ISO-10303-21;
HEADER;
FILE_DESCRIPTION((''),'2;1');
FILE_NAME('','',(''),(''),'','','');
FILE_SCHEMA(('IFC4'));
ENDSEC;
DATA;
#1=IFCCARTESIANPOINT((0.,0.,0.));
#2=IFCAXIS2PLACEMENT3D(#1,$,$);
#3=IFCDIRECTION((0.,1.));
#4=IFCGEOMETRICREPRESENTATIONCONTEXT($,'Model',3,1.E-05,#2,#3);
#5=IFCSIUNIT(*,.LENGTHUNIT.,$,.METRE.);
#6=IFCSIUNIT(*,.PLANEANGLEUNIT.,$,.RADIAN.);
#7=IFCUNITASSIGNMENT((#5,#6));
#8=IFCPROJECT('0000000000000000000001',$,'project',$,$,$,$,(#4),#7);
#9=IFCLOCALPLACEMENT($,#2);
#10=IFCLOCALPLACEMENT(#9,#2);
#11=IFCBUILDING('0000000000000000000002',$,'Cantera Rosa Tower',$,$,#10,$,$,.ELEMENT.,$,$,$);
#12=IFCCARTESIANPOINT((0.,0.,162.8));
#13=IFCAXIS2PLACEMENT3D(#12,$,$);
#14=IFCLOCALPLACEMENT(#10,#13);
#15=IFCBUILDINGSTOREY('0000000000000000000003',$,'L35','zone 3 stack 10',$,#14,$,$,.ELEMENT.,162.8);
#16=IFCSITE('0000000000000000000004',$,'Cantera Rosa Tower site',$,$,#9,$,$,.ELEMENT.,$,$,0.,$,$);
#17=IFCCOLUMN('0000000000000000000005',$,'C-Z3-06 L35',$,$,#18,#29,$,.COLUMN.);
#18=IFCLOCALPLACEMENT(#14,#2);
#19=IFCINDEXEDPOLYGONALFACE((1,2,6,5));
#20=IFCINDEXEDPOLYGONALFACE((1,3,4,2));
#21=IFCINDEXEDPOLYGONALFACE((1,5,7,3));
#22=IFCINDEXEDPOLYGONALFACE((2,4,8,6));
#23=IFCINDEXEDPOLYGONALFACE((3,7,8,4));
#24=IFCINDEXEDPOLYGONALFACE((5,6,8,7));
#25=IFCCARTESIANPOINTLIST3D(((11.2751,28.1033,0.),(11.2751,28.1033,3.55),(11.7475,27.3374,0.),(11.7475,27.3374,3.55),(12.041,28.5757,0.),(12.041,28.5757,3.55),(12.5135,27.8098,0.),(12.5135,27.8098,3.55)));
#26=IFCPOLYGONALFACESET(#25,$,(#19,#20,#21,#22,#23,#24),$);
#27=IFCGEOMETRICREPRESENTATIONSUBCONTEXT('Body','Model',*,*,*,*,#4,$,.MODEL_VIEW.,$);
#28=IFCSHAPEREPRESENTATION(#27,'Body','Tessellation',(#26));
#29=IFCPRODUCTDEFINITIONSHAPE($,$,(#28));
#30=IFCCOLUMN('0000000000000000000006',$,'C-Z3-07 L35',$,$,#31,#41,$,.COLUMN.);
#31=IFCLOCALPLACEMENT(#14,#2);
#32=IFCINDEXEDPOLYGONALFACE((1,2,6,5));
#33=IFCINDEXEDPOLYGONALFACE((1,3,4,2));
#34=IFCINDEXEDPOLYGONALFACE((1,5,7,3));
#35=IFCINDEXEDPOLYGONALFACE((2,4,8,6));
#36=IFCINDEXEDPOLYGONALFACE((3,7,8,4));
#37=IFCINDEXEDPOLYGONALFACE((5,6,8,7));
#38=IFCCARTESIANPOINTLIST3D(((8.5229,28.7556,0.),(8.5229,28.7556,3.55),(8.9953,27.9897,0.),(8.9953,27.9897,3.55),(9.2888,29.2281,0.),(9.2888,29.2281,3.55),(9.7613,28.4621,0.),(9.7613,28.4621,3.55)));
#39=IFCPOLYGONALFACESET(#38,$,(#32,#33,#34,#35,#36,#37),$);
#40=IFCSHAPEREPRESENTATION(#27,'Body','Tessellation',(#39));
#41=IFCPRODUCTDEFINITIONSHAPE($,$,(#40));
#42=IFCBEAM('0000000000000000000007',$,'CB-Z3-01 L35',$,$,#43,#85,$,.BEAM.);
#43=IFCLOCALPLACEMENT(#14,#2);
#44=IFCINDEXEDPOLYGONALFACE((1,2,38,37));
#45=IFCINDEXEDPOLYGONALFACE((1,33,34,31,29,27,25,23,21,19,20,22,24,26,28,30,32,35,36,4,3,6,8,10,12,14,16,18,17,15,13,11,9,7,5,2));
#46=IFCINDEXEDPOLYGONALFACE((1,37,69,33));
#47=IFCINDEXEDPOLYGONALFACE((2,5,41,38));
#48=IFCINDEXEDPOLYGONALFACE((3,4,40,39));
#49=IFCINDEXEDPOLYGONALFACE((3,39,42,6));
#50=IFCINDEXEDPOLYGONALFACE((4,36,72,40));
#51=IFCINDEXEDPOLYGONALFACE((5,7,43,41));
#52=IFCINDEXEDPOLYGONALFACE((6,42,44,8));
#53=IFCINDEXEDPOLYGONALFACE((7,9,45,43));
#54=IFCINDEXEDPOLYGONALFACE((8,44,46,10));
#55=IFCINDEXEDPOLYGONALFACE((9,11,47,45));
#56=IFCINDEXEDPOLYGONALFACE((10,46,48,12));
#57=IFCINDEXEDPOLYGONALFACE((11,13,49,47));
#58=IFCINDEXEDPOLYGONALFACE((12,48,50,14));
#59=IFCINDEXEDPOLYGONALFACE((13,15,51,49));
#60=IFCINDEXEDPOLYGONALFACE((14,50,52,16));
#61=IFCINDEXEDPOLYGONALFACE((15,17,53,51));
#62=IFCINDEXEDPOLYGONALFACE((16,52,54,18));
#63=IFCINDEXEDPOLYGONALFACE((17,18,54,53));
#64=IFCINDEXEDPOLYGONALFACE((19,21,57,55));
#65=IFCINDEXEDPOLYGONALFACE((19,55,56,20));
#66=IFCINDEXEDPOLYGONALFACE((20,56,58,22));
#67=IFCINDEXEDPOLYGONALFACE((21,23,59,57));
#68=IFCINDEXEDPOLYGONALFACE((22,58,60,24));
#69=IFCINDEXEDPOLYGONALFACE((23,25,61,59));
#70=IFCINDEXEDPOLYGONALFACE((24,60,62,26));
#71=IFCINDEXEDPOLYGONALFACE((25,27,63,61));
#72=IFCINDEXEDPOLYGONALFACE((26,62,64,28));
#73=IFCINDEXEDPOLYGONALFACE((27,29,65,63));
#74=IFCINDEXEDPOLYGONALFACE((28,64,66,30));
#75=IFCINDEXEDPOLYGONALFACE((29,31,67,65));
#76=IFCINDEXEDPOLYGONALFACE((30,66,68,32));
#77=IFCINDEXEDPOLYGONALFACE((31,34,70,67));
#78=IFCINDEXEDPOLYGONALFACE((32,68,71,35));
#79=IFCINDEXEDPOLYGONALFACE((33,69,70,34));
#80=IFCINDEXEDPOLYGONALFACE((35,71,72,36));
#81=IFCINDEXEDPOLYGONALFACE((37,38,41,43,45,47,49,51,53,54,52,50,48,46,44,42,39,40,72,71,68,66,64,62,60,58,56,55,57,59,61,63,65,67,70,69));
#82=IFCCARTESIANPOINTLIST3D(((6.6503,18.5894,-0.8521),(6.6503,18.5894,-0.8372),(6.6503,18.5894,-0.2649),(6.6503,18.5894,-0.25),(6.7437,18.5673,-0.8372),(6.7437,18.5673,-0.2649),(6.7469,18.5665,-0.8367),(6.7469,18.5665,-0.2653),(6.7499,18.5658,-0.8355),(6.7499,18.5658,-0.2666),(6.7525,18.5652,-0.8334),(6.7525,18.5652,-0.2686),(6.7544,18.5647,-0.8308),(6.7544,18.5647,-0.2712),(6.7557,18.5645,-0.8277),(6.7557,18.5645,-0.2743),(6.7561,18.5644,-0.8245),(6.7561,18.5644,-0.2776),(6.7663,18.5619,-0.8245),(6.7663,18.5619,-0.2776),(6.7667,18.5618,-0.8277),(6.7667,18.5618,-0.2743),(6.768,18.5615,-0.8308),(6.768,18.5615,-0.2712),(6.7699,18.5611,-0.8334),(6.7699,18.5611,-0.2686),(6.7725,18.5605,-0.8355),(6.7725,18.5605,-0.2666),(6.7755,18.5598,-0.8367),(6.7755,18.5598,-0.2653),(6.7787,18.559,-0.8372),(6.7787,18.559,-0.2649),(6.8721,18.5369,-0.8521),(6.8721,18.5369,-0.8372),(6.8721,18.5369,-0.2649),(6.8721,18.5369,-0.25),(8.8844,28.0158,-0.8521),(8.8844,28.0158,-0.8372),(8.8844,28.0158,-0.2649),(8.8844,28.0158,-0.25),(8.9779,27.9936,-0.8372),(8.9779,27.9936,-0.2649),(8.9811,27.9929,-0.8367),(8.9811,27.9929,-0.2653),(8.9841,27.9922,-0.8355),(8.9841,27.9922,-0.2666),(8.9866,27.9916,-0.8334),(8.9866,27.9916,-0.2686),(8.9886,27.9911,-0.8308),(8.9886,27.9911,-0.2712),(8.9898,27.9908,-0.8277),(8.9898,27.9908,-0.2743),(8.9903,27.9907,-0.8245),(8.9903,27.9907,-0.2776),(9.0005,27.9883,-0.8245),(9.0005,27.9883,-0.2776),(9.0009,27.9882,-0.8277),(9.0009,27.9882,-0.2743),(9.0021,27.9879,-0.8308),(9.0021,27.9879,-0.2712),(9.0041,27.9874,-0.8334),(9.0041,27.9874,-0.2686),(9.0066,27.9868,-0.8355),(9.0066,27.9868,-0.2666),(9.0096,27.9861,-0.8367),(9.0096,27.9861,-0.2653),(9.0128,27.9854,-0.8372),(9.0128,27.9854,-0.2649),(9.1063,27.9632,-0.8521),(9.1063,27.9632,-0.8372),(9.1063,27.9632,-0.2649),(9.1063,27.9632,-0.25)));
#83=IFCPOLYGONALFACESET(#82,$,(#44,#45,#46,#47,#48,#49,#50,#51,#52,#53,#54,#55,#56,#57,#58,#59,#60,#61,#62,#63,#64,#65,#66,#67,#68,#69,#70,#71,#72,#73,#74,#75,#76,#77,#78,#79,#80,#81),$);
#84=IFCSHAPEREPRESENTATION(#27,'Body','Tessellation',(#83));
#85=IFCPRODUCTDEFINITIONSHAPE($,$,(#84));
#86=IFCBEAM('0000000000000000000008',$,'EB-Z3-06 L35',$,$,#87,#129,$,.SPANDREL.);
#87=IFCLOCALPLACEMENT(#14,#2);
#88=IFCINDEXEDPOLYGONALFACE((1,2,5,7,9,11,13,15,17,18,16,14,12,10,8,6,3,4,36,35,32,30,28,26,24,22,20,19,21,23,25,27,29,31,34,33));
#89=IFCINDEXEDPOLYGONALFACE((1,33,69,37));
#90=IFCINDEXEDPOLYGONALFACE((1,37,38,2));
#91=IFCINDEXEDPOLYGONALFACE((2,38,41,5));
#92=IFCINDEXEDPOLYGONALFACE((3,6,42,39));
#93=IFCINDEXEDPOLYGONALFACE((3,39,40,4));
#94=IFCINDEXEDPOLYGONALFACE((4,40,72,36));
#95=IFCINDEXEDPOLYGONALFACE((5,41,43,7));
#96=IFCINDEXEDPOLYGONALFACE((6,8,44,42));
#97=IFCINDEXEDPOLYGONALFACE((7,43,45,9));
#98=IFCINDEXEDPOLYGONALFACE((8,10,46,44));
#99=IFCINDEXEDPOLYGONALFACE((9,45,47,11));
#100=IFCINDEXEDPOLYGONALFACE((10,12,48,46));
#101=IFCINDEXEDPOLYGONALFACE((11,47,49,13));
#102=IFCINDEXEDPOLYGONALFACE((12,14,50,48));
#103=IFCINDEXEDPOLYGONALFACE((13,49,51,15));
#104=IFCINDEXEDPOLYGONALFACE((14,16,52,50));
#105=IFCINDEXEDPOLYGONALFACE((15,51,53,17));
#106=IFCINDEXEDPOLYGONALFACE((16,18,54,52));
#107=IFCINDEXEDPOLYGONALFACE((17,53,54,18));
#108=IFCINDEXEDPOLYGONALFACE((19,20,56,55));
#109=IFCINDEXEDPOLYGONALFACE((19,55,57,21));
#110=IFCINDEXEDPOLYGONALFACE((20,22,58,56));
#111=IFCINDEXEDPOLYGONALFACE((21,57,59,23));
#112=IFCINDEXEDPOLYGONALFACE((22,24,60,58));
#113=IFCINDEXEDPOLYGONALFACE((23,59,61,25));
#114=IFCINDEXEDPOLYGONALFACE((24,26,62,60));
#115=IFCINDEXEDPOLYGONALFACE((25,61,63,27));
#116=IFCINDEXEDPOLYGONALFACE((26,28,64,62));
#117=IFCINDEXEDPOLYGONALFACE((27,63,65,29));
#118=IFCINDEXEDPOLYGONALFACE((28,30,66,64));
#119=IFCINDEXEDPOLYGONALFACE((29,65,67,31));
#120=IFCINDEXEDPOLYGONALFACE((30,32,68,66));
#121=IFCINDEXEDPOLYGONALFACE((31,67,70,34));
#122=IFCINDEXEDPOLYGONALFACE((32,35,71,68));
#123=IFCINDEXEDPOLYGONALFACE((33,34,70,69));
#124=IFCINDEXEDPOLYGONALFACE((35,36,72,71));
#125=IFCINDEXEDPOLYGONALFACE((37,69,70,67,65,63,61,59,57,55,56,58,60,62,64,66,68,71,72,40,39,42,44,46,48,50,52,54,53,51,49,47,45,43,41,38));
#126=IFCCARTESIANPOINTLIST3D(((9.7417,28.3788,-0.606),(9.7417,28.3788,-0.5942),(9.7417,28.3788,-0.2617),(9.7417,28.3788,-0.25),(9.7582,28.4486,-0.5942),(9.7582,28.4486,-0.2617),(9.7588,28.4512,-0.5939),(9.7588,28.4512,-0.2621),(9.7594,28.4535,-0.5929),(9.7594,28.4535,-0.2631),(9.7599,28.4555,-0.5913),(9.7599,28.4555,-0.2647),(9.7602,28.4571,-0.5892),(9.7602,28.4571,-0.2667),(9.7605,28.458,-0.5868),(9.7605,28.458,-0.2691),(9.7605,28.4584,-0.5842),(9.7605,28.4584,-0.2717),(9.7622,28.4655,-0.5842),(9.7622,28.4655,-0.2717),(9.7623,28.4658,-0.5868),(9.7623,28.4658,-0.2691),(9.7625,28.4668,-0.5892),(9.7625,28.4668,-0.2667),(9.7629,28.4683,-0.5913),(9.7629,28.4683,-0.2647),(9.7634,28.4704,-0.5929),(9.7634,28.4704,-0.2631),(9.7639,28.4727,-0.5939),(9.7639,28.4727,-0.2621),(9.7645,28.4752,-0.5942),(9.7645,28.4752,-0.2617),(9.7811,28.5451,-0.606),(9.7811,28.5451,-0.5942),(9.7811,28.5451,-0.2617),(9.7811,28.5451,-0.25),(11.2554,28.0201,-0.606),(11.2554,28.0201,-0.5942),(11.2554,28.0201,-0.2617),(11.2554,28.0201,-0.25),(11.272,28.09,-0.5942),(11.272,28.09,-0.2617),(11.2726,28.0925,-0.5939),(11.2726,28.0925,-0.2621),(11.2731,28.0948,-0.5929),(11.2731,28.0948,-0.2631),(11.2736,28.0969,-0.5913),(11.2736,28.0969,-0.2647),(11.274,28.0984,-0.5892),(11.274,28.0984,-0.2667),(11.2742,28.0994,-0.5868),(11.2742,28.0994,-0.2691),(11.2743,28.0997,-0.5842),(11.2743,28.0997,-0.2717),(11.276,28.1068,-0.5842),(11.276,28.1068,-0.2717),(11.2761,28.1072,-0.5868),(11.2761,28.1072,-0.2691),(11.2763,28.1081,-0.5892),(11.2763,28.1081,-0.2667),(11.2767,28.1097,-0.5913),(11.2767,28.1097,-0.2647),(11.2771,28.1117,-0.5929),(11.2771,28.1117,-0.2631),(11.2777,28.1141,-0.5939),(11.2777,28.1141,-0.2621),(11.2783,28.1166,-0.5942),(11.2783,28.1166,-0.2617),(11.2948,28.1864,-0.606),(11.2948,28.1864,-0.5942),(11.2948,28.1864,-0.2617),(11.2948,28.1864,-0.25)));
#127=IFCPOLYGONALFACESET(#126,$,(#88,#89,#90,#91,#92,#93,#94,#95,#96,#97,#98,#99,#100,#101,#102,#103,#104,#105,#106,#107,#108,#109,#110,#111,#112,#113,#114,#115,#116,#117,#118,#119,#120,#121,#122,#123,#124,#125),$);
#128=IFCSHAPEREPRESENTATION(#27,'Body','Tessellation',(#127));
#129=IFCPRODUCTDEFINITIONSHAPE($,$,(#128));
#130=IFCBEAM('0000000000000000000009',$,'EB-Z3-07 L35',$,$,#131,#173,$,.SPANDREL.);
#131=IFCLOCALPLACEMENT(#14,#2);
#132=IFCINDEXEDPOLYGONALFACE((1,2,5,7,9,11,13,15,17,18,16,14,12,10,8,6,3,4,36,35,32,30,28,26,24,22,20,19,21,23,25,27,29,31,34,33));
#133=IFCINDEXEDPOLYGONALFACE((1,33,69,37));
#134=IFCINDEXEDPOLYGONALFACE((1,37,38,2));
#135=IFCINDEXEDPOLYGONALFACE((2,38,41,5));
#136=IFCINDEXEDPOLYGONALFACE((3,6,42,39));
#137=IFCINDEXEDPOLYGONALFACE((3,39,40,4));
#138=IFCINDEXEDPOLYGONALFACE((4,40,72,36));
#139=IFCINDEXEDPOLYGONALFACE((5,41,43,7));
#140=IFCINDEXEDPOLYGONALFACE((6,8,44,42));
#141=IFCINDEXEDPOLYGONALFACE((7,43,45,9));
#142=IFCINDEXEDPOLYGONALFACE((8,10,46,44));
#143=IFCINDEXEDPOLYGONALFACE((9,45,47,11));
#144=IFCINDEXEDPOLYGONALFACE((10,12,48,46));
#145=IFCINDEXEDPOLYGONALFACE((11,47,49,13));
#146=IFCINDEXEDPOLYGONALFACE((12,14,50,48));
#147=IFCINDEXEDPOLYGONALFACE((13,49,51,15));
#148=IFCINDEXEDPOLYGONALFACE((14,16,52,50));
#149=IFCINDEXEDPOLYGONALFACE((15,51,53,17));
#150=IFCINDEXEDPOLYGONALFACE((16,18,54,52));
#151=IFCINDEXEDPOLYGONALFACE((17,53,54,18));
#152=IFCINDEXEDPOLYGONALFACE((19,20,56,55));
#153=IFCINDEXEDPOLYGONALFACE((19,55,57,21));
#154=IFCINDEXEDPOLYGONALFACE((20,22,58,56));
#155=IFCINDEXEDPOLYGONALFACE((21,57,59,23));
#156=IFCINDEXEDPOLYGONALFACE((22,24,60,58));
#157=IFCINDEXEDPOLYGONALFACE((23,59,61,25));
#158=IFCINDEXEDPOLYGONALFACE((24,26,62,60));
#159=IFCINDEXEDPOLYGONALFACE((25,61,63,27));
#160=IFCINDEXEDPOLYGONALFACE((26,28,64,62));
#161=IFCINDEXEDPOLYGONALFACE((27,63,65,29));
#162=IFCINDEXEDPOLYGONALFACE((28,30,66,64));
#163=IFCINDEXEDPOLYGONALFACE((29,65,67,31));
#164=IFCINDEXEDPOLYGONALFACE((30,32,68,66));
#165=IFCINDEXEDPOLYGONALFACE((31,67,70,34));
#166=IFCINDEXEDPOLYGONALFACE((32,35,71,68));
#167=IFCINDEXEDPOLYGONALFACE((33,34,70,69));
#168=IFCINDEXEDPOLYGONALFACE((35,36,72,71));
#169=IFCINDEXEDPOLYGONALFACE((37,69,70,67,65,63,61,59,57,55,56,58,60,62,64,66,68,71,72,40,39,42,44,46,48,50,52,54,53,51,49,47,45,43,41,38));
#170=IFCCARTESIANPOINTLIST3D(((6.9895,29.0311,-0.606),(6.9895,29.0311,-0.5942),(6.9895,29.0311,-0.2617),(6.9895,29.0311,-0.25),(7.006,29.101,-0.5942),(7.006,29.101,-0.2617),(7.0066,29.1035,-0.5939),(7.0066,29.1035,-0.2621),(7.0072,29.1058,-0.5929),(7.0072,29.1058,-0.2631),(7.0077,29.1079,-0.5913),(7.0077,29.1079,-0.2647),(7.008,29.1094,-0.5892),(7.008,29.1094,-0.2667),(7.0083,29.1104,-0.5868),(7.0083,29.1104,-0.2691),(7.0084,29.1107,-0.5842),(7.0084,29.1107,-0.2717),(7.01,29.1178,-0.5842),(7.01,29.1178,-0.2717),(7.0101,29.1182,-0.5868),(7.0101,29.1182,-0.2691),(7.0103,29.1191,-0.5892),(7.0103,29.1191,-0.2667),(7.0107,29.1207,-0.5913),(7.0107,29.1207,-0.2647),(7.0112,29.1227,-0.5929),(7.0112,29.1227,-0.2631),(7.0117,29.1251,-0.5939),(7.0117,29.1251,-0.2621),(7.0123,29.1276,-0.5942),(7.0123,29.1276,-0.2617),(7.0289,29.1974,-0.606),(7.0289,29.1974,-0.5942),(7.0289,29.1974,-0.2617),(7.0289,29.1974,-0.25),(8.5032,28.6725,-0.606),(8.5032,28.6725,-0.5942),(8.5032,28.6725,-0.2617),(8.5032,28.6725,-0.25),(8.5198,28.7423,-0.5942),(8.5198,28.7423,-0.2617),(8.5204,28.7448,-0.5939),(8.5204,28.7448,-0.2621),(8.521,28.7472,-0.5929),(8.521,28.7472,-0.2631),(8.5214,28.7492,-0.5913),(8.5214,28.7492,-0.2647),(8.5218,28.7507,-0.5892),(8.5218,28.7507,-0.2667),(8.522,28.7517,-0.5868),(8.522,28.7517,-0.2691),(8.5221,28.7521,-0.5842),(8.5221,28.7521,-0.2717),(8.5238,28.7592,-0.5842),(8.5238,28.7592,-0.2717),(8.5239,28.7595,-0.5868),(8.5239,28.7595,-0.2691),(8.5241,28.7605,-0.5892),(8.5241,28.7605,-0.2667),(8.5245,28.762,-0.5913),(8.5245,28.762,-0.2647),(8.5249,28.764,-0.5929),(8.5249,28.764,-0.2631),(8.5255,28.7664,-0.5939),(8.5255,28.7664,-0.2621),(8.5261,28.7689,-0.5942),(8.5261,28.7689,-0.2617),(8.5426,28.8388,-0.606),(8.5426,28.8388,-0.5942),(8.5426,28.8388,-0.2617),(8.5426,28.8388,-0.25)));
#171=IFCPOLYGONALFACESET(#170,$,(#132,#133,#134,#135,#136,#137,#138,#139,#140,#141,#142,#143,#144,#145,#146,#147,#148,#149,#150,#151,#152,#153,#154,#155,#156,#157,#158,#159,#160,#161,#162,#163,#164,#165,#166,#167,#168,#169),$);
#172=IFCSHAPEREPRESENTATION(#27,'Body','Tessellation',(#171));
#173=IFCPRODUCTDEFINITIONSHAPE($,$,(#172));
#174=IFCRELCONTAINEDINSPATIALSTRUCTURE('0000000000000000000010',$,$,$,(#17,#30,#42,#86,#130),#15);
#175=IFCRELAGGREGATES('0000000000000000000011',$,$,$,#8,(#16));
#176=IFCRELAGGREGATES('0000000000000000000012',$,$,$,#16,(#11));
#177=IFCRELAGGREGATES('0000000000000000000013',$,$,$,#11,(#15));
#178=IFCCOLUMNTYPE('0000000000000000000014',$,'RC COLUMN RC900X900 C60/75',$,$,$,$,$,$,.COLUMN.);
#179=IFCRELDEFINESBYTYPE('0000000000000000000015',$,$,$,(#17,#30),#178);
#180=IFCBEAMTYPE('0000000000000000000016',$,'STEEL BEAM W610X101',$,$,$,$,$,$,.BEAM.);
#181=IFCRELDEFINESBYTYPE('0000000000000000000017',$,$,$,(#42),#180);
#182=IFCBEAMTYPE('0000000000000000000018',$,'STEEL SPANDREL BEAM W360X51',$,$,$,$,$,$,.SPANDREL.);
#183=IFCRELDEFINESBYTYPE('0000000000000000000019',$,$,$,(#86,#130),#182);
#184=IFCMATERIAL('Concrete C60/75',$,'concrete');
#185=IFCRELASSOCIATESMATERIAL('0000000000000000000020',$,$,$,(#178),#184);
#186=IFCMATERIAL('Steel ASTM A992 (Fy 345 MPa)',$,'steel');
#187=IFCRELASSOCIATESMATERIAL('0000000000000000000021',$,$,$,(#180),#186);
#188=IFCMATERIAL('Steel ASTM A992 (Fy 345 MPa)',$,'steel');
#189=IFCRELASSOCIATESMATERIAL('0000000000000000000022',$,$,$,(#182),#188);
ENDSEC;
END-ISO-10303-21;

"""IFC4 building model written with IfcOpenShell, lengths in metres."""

from ifc_helpers import new_model, si_unit, direction, frame, origin, origin_2d, place, context, subcontext, project, spatial, rectangle, i_section, extrude, material, material_profile, profile_set, type_object, element, save


model = new_model("IFC4")

# Units and contexts
model_context = context("Model", 3, precision=1e-05, world=origin(), true_north=direction((0.0, 1.0)))
body_context = subcontext(model_context, "Body", "Model", "MODEL_VIEW")
ifc_project = project(units=[si_unit("LENGTHUNIT", "METRE"), si_unit("PLANEANGLEUNIT", "RADIAN")], contexts=[model_context])

# Site, building, storey
site_placement = place(None, origin())
site = spatial("IfcSite", under=ifc_project, at=site_placement, Name="Cantera Rosa Tower site", CompositionType="ELEMENT", RefElevation=0.0)
building_placement = place(site_placement, origin())
building = spatial("IfcBuilding", under=site, at=building_placement, Name="Cantera Rosa Tower", CompositionType="ELEMENT")
storey_placement = place(building_placement, frame((0.0, 0.0, 162.8)))
storey = spatial("IfcBuildingStorey", under=building, at=storey_placement, Name="L35", Description="zone 3 stack 10", CompositionType="ELEMENT", Elevation=162.8)

# Columns
ifc_material_1 = material(Name="Concrete C60/75", Category="concrete")
ifc_material_profile_1 = material_profile(ifc_material_1, rectangle(XDim=0.8999, YDim=0.8999, at=origin_2d()), Name="RC COLUMN RC900X900 C60/75")
ifc_profile_set_1 = profile_set([ifc_material_profile_1], Name="Concrete C60/75")
column_type = type_object("IfcColumnType", Name="RC COLUMN RC900X900 C60/75", PredefinedType="COLUMN", material=ifc_profile_set_1)
for number, where, z_axis, x_axis, name in (
    (1, (11.8943, 27.9565, 0.0), (0.0, 0.0, 1.0), (0.851117, 0.524977, 0.0), "C-Z3-06 L35"),
    (2, (9.1421, 28.6089, 0.0), (0.0, 0.0, 1.0), (0.851117, 0.524977, 0.0), "C-Z3-07 L35"),
):
    element("IfcColumn", number, at=place(storey_placement, frame(where, z_axis=z_axis, x_axis=x_axis)), inside=storey, type_object=column_type, Name=name, PredefinedType="COLUMN", context=body_context, shape_type="SweptSolid", body=[
        extrude(rectangle(XDim=0.8999, YDim=0.8999, at=origin_2d()), origin(), (0.0, 0.0, 1.0), 3.55),
    ])

# Beams
ifc_material_2 = material(Name="Steel ASTM A992 (Fy 345 MPa)", Category="steel")
ifc_material_profile_2 = material_profile(ifc_material_2, i_section(OverallWidth=0.228, OverallDepth=0.6021, WebThickness=0.0105, FlangeThickness=0.0149, FilletRadius=0.0127, at=origin_2d()), Name="W610X101")
ifc_profile_set_2 = profile_set([ifc_material_profile_2], Name="Steel ASTM A992 (Fy 345 MPa)")
beam_type_1 = type_object("IfcBeamType", Name="STEEL BEAM W610X101", PredefinedType="BEAM", material=ifc_profile_set_2)
beam_placement = place(storey_placement, frame((8.9954, 27.9895, -0.551), z_axis=(-0.230622, -0.973043, 0.0), x_axis=(0.973043, -0.230622, 0.0)))
element("IfcBeam", 3, at=beam_placement, inside=storey, type_object=beam_type_1, Name="CB-Z3-01 L35", PredefinedType="BEAM", context=body_context, shape_type="SweptSolid", body=[
    extrude(i_section(OverallWidth=0.228, OverallDepth=0.6021, WebThickness=0.0105, FlangeThickness=0.0149, FilletRadius=0.0127, at=origin_2d()), origin(), (0.0, 0.0, 1.0), 9.6875),
])
ifc_material_3 = material(Name="Steel ASTM A992 (Fy 345 MPa)", Category="steel")
ifc_material_profile_3 = material_profile(ifc_material_3, i_section(OverallWidth=0.1709, OverallDepth=0.356, WebThickness=0.0073, FlangeThickness=0.0117, FilletRadius=0.01, at=origin_2d()), Name="W360X51")
ifc_profile_set_3 = profile_set([ifc_material_profile_3], Name="Steel ASTM A992 (Fy 345 MPa)")
beam_type_2 = type_object("IfcBeamType", Name="STEEL SPANDREL BEAM W360X51", PredefinedType="SPANDREL", material=ifc_profile_set_3)
for number, where, z_axis, x_axis, name in (
    (4, (11.2751, 28.1033, -0.428), (-0.97306, 0.230552, 0.0), (-0.230552, -0.97306, 0.0), "EB-Z3-06 L35"),
    (5, (8.5229, 28.7556, -0.428), (-0.97306, 0.230552, 0.0), (-0.230552, -0.97306, 0.0), "EB-Z3-07 L35"),
):
    element("IfcBeam", number, at=place(storey_placement, frame(where, z_axis=z_axis, x_axis=x_axis)), inside=storey, type_object=beam_type_2, Name=name, PredefinedType="SPANDREL", context=body_context, shape_type="SweptSolid", body=[
        extrude(i_section(OverallWidth=0.1709, OverallDepth=0.356, WebThickness=0.0073, FlangeThickness=0.0117, FilletRadius=0.01, at=origin_2d()), origin(), (0.0, 0.0, 1.0), 1.5557),
    ])

save(model, "model.ifc")
